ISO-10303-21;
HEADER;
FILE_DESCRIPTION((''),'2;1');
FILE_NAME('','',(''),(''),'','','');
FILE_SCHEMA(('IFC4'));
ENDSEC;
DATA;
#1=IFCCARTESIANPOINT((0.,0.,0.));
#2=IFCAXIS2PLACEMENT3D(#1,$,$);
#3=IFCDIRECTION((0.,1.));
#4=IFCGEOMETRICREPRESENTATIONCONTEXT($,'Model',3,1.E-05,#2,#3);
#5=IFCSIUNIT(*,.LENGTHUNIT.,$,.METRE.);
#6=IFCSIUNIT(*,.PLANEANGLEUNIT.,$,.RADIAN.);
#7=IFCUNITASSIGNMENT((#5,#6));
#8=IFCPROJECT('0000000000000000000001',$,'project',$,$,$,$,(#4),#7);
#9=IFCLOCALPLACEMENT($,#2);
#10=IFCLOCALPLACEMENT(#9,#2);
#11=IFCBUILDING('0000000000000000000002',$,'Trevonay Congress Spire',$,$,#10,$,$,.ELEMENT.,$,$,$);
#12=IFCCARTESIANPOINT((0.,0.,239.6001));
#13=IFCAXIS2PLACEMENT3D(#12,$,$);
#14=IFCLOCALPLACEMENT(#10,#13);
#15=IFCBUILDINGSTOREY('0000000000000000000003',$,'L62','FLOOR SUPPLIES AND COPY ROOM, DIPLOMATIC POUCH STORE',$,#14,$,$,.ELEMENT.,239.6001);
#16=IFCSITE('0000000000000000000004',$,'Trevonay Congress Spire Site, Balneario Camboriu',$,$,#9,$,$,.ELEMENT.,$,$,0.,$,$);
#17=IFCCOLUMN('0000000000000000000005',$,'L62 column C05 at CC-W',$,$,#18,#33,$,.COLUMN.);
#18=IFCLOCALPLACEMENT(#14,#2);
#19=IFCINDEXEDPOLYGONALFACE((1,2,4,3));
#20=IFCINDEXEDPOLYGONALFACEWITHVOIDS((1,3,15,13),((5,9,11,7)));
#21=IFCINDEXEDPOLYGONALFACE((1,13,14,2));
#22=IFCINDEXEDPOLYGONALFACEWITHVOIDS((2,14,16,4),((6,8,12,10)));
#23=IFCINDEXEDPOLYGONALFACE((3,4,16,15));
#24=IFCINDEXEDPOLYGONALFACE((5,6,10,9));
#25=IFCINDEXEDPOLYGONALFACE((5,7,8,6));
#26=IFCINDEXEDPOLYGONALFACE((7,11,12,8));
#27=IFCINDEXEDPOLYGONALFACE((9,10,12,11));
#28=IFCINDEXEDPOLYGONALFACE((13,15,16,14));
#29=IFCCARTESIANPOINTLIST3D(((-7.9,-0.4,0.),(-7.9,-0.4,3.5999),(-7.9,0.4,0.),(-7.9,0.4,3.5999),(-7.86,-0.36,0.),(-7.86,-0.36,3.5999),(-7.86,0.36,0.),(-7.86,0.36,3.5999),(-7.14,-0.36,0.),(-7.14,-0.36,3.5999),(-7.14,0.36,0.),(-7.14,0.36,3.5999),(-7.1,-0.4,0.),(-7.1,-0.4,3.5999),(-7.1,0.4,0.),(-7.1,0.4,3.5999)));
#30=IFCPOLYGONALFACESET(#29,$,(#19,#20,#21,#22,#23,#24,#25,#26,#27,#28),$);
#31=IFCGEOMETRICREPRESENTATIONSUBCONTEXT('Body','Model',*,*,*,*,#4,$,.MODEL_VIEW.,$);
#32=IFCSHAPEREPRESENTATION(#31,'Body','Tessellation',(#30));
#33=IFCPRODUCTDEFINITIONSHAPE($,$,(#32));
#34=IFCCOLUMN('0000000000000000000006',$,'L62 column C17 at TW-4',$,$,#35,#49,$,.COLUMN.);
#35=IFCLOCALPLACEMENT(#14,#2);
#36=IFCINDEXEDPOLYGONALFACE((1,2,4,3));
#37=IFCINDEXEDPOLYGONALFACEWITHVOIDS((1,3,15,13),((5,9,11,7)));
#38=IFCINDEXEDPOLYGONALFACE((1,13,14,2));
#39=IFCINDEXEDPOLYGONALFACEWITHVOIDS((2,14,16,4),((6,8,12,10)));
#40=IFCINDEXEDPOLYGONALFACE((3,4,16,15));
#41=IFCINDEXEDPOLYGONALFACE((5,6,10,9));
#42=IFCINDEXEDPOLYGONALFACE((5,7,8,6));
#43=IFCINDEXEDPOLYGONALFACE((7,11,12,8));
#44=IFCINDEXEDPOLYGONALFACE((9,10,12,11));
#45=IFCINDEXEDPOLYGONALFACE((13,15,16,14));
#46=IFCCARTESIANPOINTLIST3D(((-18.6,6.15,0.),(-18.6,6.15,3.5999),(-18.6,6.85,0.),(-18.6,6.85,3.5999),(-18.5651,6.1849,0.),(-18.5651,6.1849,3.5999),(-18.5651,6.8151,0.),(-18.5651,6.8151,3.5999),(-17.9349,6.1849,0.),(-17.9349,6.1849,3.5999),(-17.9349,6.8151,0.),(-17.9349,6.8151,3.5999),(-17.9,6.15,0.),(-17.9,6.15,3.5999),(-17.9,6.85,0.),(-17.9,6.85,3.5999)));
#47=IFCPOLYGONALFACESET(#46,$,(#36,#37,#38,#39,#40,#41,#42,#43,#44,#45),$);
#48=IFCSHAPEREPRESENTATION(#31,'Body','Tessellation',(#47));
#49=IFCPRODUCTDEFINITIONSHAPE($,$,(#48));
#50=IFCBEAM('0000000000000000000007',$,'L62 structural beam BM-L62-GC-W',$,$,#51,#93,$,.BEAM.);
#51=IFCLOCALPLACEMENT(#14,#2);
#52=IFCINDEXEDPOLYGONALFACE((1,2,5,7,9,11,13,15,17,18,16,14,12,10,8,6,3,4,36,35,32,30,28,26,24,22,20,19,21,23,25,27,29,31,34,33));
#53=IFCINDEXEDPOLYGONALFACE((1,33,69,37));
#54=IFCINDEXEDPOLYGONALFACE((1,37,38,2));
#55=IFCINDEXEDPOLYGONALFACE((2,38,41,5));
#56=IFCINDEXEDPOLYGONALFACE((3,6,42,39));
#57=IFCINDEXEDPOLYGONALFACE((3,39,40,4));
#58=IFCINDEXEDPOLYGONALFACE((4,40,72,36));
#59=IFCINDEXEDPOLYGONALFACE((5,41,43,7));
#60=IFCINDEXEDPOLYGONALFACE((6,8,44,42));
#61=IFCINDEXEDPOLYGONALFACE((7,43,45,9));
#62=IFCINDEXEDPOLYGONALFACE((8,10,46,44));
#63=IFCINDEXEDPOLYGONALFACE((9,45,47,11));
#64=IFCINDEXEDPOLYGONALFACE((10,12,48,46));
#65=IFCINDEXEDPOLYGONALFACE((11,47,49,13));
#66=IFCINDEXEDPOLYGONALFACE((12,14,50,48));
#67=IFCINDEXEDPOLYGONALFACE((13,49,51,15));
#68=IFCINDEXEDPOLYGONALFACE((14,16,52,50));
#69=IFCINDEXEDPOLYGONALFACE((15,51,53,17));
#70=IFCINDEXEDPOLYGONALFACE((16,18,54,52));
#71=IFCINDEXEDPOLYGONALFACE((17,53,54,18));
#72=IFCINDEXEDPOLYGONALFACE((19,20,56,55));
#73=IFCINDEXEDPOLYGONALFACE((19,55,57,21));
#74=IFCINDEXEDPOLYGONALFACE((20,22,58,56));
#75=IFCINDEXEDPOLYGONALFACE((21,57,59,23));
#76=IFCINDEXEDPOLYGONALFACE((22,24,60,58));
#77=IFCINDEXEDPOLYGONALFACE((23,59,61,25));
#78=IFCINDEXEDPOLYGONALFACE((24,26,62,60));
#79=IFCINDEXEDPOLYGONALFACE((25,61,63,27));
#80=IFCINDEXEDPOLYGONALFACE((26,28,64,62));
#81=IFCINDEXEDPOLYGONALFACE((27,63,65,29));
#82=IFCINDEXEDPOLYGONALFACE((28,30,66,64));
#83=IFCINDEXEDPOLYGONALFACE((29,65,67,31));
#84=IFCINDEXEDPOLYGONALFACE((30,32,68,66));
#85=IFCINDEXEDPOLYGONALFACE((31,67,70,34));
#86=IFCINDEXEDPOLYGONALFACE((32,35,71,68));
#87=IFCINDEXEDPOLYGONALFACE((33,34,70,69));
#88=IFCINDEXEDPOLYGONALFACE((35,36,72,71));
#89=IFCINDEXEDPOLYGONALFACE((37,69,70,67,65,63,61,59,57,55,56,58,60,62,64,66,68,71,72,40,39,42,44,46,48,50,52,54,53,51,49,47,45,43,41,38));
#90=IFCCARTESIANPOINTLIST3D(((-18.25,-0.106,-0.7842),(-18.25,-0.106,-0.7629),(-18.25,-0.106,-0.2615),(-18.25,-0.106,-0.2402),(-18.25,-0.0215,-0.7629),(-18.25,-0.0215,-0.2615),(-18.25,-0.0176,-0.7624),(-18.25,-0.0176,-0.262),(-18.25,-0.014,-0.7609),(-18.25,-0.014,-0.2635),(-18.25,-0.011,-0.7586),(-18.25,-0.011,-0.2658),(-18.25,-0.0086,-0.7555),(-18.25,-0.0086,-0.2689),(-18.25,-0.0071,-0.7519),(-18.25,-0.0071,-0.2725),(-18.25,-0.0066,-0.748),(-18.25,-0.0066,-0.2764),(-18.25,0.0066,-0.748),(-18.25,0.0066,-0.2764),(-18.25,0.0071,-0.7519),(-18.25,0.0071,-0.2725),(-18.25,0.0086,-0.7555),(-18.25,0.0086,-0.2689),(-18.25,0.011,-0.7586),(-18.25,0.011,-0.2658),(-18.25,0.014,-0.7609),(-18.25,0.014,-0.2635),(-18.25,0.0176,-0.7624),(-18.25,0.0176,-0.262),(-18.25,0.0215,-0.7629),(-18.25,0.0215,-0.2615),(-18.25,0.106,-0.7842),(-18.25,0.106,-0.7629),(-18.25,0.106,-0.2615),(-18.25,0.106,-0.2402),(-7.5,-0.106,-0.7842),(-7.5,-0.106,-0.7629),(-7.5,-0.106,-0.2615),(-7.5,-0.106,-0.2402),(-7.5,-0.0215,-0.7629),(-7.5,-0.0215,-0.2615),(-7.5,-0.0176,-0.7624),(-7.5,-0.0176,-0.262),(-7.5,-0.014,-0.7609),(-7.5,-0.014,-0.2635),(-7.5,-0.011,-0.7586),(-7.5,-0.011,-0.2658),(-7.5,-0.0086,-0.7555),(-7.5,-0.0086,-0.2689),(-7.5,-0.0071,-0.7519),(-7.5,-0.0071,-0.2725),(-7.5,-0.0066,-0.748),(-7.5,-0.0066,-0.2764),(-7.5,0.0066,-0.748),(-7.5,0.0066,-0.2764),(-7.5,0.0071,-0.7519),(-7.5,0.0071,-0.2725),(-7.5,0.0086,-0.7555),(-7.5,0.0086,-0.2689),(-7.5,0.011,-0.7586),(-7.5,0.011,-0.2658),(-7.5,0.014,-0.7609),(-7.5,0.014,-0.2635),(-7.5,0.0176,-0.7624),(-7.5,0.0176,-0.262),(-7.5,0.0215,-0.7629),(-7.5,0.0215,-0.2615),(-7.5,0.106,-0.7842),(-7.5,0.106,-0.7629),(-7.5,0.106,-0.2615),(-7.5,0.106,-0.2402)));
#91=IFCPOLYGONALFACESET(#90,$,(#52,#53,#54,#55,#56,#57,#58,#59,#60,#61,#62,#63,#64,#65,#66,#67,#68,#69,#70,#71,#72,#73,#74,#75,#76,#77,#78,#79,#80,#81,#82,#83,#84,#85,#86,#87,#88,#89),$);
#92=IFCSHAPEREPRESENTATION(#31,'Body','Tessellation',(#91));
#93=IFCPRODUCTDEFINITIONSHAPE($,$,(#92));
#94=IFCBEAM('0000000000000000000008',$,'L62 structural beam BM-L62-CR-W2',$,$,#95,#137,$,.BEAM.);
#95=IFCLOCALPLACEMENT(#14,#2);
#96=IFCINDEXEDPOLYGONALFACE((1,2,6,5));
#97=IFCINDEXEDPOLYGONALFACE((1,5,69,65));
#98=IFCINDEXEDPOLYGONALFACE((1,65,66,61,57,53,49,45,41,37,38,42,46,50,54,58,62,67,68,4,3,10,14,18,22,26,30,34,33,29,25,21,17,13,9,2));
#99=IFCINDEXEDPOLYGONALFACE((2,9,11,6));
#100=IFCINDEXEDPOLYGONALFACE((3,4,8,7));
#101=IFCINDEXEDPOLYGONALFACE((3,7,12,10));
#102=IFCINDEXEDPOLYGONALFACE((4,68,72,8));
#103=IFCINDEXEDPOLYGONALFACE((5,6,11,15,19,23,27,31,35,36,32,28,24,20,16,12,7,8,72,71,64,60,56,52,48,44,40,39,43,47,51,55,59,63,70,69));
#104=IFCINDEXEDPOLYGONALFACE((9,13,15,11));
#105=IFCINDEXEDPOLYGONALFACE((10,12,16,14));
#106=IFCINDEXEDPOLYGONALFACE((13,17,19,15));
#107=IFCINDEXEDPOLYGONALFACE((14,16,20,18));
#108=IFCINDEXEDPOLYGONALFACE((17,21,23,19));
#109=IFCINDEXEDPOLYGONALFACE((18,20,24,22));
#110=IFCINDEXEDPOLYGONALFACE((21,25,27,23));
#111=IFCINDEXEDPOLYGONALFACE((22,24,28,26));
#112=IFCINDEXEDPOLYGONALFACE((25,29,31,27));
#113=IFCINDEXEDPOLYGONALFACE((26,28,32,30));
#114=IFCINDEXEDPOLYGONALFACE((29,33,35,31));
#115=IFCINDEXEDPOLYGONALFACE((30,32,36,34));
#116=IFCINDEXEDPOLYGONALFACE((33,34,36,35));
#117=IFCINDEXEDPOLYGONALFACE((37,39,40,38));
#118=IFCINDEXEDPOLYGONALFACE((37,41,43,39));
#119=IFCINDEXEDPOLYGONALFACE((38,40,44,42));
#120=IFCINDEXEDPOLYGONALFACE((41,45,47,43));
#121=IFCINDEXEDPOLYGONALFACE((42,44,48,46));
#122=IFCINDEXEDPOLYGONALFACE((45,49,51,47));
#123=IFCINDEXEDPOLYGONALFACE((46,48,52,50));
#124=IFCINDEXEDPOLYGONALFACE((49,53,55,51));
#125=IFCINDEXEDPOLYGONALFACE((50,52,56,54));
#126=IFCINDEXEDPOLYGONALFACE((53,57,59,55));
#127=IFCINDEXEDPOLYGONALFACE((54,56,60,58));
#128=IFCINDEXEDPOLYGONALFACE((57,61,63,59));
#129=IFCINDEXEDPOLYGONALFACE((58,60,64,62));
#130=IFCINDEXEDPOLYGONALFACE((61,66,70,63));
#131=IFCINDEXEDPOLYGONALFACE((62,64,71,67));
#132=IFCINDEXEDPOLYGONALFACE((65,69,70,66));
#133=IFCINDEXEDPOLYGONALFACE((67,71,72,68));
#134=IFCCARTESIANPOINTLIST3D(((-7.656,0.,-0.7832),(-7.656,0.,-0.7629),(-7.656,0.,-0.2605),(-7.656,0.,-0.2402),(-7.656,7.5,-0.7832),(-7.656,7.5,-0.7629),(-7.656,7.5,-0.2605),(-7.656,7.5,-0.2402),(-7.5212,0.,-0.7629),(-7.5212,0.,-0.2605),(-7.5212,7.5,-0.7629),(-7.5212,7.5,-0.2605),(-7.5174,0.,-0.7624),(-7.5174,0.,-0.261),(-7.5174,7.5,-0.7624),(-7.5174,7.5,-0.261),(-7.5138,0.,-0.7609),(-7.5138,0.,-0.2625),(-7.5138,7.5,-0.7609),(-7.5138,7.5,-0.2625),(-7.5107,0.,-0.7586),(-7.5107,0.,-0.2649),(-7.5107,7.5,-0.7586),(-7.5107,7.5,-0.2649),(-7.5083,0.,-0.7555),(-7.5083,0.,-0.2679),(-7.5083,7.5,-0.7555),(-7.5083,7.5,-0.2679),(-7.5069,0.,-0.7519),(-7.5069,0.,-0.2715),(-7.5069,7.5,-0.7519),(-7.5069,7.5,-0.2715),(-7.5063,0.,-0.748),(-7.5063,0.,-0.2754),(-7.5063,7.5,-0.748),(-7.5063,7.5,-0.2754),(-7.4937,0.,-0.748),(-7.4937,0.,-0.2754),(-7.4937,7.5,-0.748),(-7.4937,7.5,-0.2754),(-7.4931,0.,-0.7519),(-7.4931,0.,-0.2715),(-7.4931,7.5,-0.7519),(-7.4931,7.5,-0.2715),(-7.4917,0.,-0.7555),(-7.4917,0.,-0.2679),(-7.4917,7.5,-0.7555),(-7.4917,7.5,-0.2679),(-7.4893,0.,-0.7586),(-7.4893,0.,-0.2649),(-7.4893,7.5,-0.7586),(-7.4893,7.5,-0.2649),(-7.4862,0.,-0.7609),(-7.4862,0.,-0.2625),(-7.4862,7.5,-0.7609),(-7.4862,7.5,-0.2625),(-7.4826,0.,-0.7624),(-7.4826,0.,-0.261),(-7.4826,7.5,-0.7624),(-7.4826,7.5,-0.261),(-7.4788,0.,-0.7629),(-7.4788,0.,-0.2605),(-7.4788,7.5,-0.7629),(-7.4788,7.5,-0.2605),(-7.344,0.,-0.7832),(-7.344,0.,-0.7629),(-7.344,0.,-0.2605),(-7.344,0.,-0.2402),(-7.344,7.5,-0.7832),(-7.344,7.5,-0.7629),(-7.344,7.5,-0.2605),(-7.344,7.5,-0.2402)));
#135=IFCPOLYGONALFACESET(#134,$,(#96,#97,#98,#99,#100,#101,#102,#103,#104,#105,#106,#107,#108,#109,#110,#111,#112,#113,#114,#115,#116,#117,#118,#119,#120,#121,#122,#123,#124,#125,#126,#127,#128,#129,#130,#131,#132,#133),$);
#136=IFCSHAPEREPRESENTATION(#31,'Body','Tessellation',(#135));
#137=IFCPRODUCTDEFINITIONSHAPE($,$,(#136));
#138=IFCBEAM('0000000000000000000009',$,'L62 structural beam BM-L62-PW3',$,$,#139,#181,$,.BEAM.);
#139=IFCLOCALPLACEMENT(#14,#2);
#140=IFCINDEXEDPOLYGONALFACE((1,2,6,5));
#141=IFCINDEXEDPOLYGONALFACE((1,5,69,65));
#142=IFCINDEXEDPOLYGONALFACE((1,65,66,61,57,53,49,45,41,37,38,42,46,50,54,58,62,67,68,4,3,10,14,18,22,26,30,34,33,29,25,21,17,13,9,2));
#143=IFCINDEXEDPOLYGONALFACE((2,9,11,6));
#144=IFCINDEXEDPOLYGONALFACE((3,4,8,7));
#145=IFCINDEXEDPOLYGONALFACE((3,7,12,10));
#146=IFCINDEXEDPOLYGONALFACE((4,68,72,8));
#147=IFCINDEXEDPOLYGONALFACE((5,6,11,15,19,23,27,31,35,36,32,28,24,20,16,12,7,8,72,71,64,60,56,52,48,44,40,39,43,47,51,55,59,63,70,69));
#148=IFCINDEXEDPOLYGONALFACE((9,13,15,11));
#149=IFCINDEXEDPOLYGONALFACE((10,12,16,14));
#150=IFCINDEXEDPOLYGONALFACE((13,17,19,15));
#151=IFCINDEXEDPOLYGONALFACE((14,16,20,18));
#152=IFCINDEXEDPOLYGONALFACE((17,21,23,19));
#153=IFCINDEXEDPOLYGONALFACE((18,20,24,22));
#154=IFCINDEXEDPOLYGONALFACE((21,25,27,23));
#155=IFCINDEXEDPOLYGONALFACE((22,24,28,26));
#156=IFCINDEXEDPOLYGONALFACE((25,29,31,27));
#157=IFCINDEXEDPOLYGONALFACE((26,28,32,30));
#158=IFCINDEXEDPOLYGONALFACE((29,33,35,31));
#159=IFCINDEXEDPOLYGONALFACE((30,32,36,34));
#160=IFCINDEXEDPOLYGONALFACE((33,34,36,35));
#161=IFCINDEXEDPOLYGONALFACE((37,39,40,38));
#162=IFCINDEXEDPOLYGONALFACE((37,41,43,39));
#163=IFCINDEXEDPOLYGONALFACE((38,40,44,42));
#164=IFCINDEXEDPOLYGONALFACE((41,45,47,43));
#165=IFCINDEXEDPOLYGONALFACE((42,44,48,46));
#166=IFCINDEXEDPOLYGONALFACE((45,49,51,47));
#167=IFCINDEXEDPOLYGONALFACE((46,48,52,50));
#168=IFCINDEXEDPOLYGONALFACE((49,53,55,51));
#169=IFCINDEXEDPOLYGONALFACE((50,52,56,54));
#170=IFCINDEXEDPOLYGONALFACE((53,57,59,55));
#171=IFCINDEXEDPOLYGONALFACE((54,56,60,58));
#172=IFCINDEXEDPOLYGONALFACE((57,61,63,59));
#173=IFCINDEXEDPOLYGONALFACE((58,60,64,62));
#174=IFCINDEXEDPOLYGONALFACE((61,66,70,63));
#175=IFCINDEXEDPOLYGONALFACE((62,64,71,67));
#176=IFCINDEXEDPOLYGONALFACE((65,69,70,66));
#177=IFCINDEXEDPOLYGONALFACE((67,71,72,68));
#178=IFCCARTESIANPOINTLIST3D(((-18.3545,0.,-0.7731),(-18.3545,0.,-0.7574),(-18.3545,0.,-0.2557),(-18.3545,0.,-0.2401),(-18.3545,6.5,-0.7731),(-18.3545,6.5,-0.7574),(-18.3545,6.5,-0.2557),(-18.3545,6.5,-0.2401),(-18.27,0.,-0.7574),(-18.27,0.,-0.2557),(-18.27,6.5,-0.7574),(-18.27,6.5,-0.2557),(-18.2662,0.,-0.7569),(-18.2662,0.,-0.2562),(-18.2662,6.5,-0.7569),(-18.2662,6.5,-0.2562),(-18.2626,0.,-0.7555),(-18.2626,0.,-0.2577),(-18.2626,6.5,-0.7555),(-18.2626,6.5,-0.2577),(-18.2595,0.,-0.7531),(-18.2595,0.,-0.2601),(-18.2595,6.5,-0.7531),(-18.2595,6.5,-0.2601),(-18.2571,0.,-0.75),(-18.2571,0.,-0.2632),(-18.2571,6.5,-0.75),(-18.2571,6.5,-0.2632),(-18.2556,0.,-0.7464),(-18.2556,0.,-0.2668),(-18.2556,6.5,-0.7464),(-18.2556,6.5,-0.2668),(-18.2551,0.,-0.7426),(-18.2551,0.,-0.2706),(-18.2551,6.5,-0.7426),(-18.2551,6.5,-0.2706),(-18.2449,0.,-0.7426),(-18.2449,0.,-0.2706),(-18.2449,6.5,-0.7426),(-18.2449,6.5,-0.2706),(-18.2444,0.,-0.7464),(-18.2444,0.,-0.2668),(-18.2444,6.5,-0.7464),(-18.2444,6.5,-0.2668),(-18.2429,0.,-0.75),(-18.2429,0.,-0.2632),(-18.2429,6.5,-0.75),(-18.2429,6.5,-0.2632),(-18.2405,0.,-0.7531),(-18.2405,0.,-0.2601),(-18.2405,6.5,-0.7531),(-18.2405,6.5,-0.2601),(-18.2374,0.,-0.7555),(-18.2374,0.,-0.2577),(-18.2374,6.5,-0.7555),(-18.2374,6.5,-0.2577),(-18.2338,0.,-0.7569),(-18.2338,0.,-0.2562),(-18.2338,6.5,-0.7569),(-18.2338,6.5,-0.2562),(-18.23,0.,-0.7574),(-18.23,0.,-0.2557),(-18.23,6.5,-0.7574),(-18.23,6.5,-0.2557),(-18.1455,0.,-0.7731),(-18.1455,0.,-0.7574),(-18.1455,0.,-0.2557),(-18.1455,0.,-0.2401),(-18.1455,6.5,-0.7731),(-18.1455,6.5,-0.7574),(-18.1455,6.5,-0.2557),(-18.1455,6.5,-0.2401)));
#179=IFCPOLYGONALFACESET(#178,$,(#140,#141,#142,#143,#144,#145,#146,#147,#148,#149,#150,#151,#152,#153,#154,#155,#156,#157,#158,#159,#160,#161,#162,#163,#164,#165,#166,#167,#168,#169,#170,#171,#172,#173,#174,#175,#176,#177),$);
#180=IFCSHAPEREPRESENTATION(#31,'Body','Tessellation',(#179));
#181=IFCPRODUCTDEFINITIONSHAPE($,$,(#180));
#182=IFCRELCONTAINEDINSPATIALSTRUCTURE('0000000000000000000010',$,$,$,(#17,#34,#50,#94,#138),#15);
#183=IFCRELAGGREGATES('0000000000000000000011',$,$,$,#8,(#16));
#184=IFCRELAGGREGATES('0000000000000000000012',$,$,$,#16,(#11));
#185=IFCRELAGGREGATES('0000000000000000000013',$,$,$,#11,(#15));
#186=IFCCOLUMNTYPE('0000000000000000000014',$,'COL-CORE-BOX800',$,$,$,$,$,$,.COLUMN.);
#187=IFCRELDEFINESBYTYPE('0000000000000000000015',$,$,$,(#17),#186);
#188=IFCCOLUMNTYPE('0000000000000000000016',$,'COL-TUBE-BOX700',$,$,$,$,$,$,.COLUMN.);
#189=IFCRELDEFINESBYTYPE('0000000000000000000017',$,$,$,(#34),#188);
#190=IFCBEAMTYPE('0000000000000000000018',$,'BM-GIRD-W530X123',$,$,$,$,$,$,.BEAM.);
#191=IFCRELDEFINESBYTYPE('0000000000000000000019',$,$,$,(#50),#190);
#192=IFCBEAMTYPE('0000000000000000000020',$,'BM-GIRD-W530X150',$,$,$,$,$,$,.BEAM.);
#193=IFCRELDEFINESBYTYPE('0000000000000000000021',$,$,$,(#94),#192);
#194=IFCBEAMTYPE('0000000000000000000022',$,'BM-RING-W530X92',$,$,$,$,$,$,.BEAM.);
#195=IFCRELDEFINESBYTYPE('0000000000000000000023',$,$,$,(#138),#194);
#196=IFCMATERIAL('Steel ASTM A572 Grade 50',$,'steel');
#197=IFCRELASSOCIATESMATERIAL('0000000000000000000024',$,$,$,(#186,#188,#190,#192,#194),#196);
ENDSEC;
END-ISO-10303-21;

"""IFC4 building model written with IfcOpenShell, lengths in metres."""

from ifc_helpers import new_model, si_unit, direction, frame, origin, origin_2d, place, context, subcontext, project, spatial, hollow_rectangle, i_section, extrude, material, material_profile, profile_set, type_object, element, save


model = new_model("IFC4")

# Units and contexts
model_context = context("Model", 3, precision=1e-05, world=origin(), true_north=direction((0.0, 1.0)))
body_context = subcontext(model_context, "Body", "Model", "MODEL_VIEW")
ifc_project = project(units=[si_unit("LENGTHUNIT", "METRE"), si_unit("PLANEANGLEUNIT", "RADIAN")], contexts=[model_context])

# Site, building, storey
site_placement = place(None, origin())
site = spatial("IfcSite", under=ifc_project, at=site_placement, Name="Trevonay Congress Spire Site, Balneario Camboriu", CompositionType="ELEMENT", RefElevation=0.0)
building_placement = place(site_placement, origin())
building = spatial("IfcBuilding", under=site, at=building_placement, Name="Trevonay Congress Spire", CompositionType="ELEMENT")
storey_placement = place(building_placement, frame((0.0, 0.0, 239.6001)))
storey = spatial("IfcBuildingStorey", under=building, at=storey_placement, Name="L62", Description="FLOOR SUPPLIES AND COPY ROOM, DIPLOMATIC POUCH STORE", CompositionType="ELEMENT", Elevation=239.6001)

# Columns
ifc_material_1 = material(Name="Steel ASTM A572 Grade 50", Category="steel")
ifc_material_profile_1 = material_profile(ifc_material_1, hollow_rectangle(XDim=0.8, YDim=0.8, WallThickness=0.04, at=origin_2d()), Name="BOX 800x800x40")
ifc_profile_set_1 = profile_set([ifc_material_profile_1], Name="Steel ASTM A572 Grade 50")
column_type_1 = type_object("IfcColumnType", Name="COL-CORE-BOX800", PredefinedType="COLUMN", material=ifc_profile_set_1)
column_1_placement = place(storey_placement, frame((-7.5, 0.0, 0.0), z_axis=(0.0, 0.0, 1.0), x_axis=(1.0, 0.0, 0.0)))
element("IfcColumn", 1, at=column_1_placement, inside=storey, type_object=column_type_1, Name="L62 column C05 at CC-W", PredefinedType="COLUMN", context=body_context, shape_type="SweptSolid", body=[
    extrude(hollow_rectangle(XDim=0.8, YDim=0.8, WallThickness=0.04, at=origin_2d()), origin(), (0.0, 0.0, 1.0), 3.5999),
])
ifc_material_profile_2 = material_profile(ifc_material_1, hollow_rectangle(XDim=0.7, YDim=0.7, WallThickness=0.0349, at=origin_2d()), Name="BOX 700x700x35")
ifc_profile_set_2 = profile_set([ifc_material_profile_2], Name="Steel ASTM A572 Grade 50")
column_type_2 = type_object("IfcColumnType", Name="COL-TUBE-BOX700", PredefinedType="COLUMN", material=ifc_profile_set_2)
column_2_placement = place(storey_placement, frame((-18.25, 6.5, 0.0), z_axis=(0.0, 0.0, 1.0), x_axis=(1.0, 0.0, 0.0)))
element("IfcColumn", 2, at=column_2_placement, inside=storey, type_object=column_type_2, Name="L62 column C17 at TW-4", PredefinedType="COLUMN", context=body_context, shape_type="SweptSolid", body=[
    extrude(hollow_rectangle(XDim=0.7, YDim=0.7, WallThickness=0.0349, at=origin_2d()), origin(), (0.0, 0.0, 1.0), 3.5999),
])

# Beams
ifc_material_profile_3 = material_profile(ifc_material_1, i_section(OverallWidth=0.2119, OverallDepth=0.5439, WebThickness=0.0132, FlangeThickness=0.0212, FilletRadius=0.0149, at=origin_2d()), Name="W530x123")
ifc_profile_set_3 = profile_set([ifc_material_profile_3], Name="Steel ASTM A572 Grade 50")
beam_type_1 = type_object("IfcBeamType", Name="BM-GIRD-W530X123", PredefinedType="BEAM", material=ifc_profile_set_3)
beam_1_placement = place(storey_placement, frame((-7.5, 0.0, -0.5122), z_axis=(-1.0, 0.0, 0.0), x_axis=(0.0, -1.0, 0.0)))
element("IfcBeam", 3, at=beam_1_placement, inside=storey, type_object=beam_type_1, Name="L62 structural beam BM-L62-GC-W", PredefinedType="BEAM", context=body_context, shape_type="SweptSolid", body=[
    extrude(i_section(OverallWidth=0.2119, OverallDepth=0.5439, WebThickness=0.0132, FlangeThickness=0.0212, FilletRadius=0.0149, at=origin_2d()), origin(), (0.0, 0.0, 1.0), 10.75),
])
ifc_material_profile_4 = material_profile(ifc_material_1, i_section(OverallWidth=0.312, OverallDepth=0.543, WebThickness=0.0127, FlangeThickness=0.0203, FilletRadius=0.0149, at=origin_2d()), Name="W530x150")
ifc_profile_set_4 = profile_set([ifc_material_profile_4], Name="Steel ASTM A572 Grade 50")
beam_type_2 = type_object("IfcBeamType", Name="BM-GIRD-W530X150", PredefinedType="BEAM", material=ifc_profile_set_4)
beam_2_placement = place(storey_placement, frame((-7.5, 0.0, -0.5117), z_axis=(0.0, 1.0, 0.0), x_axis=(-1.0, 0.0, 0.0)))
element("IfcBeam", 4, at=beam_2_placement, inside=storey, type_object=beam_type_2, Name="L62 structural beam BM-L62-CR-W2", PredefinedType="BEAM", context=body_context, shape_type="SweptSolid", body=[
    extrude(i_section(OverallWidth=0.312, OverallDepth=0.543, WebThickness=0.0127, FlangeThickness=0.0203, FilletRadius=0.0149, at=origin_2d()), origin(), (0.0, 0.0, 1.0), 7.5),
])
ifc_material_profile_5 = material_profile(ifc_material_1, i_section(OverallWidth=0.209, OverallDepth=0.533, WebThickness=0.0103, FlangeThickness=0.0156, FilletRadius=0.0149, at=origin_2d()), Name="W530x92")
ifc_profile_set_5 = profile_set([ifc_material_profile_5], Name="Steel ASTM A572 Grade 50")
beam_type_3 = type_object("IfcBeamType", Name="BM-RING-W530X92", PredefinedType="BEAM", material=ifc_profile_set_5)
beam_3_placement = place(storey_placement, frame((-18.25, 0.0, -0.5066), z_axis=(0.0, 1.0, 0.0), x_axis=(-1.0, 0.0, 0.0)))
element("IfcBeam", 5, at=beam_3_placement, inside=storey, type_object=beam_type_3, Name="L62 structural beam BM-L62-PW3", PredefinedType="BEAM", context=body_context, shape_type="SweptSolid", body=[
    extrude(i_section(OverallWidth=0.209, OverallDepth=0.533, WebThickness=0.0103, FlangeThickness=0.0156, FilletRadius=0.0149, at=origin_2d()), origin(), (0.0, 0.0, 1.0), 6.5),
])

save(model, "model.ifc")
